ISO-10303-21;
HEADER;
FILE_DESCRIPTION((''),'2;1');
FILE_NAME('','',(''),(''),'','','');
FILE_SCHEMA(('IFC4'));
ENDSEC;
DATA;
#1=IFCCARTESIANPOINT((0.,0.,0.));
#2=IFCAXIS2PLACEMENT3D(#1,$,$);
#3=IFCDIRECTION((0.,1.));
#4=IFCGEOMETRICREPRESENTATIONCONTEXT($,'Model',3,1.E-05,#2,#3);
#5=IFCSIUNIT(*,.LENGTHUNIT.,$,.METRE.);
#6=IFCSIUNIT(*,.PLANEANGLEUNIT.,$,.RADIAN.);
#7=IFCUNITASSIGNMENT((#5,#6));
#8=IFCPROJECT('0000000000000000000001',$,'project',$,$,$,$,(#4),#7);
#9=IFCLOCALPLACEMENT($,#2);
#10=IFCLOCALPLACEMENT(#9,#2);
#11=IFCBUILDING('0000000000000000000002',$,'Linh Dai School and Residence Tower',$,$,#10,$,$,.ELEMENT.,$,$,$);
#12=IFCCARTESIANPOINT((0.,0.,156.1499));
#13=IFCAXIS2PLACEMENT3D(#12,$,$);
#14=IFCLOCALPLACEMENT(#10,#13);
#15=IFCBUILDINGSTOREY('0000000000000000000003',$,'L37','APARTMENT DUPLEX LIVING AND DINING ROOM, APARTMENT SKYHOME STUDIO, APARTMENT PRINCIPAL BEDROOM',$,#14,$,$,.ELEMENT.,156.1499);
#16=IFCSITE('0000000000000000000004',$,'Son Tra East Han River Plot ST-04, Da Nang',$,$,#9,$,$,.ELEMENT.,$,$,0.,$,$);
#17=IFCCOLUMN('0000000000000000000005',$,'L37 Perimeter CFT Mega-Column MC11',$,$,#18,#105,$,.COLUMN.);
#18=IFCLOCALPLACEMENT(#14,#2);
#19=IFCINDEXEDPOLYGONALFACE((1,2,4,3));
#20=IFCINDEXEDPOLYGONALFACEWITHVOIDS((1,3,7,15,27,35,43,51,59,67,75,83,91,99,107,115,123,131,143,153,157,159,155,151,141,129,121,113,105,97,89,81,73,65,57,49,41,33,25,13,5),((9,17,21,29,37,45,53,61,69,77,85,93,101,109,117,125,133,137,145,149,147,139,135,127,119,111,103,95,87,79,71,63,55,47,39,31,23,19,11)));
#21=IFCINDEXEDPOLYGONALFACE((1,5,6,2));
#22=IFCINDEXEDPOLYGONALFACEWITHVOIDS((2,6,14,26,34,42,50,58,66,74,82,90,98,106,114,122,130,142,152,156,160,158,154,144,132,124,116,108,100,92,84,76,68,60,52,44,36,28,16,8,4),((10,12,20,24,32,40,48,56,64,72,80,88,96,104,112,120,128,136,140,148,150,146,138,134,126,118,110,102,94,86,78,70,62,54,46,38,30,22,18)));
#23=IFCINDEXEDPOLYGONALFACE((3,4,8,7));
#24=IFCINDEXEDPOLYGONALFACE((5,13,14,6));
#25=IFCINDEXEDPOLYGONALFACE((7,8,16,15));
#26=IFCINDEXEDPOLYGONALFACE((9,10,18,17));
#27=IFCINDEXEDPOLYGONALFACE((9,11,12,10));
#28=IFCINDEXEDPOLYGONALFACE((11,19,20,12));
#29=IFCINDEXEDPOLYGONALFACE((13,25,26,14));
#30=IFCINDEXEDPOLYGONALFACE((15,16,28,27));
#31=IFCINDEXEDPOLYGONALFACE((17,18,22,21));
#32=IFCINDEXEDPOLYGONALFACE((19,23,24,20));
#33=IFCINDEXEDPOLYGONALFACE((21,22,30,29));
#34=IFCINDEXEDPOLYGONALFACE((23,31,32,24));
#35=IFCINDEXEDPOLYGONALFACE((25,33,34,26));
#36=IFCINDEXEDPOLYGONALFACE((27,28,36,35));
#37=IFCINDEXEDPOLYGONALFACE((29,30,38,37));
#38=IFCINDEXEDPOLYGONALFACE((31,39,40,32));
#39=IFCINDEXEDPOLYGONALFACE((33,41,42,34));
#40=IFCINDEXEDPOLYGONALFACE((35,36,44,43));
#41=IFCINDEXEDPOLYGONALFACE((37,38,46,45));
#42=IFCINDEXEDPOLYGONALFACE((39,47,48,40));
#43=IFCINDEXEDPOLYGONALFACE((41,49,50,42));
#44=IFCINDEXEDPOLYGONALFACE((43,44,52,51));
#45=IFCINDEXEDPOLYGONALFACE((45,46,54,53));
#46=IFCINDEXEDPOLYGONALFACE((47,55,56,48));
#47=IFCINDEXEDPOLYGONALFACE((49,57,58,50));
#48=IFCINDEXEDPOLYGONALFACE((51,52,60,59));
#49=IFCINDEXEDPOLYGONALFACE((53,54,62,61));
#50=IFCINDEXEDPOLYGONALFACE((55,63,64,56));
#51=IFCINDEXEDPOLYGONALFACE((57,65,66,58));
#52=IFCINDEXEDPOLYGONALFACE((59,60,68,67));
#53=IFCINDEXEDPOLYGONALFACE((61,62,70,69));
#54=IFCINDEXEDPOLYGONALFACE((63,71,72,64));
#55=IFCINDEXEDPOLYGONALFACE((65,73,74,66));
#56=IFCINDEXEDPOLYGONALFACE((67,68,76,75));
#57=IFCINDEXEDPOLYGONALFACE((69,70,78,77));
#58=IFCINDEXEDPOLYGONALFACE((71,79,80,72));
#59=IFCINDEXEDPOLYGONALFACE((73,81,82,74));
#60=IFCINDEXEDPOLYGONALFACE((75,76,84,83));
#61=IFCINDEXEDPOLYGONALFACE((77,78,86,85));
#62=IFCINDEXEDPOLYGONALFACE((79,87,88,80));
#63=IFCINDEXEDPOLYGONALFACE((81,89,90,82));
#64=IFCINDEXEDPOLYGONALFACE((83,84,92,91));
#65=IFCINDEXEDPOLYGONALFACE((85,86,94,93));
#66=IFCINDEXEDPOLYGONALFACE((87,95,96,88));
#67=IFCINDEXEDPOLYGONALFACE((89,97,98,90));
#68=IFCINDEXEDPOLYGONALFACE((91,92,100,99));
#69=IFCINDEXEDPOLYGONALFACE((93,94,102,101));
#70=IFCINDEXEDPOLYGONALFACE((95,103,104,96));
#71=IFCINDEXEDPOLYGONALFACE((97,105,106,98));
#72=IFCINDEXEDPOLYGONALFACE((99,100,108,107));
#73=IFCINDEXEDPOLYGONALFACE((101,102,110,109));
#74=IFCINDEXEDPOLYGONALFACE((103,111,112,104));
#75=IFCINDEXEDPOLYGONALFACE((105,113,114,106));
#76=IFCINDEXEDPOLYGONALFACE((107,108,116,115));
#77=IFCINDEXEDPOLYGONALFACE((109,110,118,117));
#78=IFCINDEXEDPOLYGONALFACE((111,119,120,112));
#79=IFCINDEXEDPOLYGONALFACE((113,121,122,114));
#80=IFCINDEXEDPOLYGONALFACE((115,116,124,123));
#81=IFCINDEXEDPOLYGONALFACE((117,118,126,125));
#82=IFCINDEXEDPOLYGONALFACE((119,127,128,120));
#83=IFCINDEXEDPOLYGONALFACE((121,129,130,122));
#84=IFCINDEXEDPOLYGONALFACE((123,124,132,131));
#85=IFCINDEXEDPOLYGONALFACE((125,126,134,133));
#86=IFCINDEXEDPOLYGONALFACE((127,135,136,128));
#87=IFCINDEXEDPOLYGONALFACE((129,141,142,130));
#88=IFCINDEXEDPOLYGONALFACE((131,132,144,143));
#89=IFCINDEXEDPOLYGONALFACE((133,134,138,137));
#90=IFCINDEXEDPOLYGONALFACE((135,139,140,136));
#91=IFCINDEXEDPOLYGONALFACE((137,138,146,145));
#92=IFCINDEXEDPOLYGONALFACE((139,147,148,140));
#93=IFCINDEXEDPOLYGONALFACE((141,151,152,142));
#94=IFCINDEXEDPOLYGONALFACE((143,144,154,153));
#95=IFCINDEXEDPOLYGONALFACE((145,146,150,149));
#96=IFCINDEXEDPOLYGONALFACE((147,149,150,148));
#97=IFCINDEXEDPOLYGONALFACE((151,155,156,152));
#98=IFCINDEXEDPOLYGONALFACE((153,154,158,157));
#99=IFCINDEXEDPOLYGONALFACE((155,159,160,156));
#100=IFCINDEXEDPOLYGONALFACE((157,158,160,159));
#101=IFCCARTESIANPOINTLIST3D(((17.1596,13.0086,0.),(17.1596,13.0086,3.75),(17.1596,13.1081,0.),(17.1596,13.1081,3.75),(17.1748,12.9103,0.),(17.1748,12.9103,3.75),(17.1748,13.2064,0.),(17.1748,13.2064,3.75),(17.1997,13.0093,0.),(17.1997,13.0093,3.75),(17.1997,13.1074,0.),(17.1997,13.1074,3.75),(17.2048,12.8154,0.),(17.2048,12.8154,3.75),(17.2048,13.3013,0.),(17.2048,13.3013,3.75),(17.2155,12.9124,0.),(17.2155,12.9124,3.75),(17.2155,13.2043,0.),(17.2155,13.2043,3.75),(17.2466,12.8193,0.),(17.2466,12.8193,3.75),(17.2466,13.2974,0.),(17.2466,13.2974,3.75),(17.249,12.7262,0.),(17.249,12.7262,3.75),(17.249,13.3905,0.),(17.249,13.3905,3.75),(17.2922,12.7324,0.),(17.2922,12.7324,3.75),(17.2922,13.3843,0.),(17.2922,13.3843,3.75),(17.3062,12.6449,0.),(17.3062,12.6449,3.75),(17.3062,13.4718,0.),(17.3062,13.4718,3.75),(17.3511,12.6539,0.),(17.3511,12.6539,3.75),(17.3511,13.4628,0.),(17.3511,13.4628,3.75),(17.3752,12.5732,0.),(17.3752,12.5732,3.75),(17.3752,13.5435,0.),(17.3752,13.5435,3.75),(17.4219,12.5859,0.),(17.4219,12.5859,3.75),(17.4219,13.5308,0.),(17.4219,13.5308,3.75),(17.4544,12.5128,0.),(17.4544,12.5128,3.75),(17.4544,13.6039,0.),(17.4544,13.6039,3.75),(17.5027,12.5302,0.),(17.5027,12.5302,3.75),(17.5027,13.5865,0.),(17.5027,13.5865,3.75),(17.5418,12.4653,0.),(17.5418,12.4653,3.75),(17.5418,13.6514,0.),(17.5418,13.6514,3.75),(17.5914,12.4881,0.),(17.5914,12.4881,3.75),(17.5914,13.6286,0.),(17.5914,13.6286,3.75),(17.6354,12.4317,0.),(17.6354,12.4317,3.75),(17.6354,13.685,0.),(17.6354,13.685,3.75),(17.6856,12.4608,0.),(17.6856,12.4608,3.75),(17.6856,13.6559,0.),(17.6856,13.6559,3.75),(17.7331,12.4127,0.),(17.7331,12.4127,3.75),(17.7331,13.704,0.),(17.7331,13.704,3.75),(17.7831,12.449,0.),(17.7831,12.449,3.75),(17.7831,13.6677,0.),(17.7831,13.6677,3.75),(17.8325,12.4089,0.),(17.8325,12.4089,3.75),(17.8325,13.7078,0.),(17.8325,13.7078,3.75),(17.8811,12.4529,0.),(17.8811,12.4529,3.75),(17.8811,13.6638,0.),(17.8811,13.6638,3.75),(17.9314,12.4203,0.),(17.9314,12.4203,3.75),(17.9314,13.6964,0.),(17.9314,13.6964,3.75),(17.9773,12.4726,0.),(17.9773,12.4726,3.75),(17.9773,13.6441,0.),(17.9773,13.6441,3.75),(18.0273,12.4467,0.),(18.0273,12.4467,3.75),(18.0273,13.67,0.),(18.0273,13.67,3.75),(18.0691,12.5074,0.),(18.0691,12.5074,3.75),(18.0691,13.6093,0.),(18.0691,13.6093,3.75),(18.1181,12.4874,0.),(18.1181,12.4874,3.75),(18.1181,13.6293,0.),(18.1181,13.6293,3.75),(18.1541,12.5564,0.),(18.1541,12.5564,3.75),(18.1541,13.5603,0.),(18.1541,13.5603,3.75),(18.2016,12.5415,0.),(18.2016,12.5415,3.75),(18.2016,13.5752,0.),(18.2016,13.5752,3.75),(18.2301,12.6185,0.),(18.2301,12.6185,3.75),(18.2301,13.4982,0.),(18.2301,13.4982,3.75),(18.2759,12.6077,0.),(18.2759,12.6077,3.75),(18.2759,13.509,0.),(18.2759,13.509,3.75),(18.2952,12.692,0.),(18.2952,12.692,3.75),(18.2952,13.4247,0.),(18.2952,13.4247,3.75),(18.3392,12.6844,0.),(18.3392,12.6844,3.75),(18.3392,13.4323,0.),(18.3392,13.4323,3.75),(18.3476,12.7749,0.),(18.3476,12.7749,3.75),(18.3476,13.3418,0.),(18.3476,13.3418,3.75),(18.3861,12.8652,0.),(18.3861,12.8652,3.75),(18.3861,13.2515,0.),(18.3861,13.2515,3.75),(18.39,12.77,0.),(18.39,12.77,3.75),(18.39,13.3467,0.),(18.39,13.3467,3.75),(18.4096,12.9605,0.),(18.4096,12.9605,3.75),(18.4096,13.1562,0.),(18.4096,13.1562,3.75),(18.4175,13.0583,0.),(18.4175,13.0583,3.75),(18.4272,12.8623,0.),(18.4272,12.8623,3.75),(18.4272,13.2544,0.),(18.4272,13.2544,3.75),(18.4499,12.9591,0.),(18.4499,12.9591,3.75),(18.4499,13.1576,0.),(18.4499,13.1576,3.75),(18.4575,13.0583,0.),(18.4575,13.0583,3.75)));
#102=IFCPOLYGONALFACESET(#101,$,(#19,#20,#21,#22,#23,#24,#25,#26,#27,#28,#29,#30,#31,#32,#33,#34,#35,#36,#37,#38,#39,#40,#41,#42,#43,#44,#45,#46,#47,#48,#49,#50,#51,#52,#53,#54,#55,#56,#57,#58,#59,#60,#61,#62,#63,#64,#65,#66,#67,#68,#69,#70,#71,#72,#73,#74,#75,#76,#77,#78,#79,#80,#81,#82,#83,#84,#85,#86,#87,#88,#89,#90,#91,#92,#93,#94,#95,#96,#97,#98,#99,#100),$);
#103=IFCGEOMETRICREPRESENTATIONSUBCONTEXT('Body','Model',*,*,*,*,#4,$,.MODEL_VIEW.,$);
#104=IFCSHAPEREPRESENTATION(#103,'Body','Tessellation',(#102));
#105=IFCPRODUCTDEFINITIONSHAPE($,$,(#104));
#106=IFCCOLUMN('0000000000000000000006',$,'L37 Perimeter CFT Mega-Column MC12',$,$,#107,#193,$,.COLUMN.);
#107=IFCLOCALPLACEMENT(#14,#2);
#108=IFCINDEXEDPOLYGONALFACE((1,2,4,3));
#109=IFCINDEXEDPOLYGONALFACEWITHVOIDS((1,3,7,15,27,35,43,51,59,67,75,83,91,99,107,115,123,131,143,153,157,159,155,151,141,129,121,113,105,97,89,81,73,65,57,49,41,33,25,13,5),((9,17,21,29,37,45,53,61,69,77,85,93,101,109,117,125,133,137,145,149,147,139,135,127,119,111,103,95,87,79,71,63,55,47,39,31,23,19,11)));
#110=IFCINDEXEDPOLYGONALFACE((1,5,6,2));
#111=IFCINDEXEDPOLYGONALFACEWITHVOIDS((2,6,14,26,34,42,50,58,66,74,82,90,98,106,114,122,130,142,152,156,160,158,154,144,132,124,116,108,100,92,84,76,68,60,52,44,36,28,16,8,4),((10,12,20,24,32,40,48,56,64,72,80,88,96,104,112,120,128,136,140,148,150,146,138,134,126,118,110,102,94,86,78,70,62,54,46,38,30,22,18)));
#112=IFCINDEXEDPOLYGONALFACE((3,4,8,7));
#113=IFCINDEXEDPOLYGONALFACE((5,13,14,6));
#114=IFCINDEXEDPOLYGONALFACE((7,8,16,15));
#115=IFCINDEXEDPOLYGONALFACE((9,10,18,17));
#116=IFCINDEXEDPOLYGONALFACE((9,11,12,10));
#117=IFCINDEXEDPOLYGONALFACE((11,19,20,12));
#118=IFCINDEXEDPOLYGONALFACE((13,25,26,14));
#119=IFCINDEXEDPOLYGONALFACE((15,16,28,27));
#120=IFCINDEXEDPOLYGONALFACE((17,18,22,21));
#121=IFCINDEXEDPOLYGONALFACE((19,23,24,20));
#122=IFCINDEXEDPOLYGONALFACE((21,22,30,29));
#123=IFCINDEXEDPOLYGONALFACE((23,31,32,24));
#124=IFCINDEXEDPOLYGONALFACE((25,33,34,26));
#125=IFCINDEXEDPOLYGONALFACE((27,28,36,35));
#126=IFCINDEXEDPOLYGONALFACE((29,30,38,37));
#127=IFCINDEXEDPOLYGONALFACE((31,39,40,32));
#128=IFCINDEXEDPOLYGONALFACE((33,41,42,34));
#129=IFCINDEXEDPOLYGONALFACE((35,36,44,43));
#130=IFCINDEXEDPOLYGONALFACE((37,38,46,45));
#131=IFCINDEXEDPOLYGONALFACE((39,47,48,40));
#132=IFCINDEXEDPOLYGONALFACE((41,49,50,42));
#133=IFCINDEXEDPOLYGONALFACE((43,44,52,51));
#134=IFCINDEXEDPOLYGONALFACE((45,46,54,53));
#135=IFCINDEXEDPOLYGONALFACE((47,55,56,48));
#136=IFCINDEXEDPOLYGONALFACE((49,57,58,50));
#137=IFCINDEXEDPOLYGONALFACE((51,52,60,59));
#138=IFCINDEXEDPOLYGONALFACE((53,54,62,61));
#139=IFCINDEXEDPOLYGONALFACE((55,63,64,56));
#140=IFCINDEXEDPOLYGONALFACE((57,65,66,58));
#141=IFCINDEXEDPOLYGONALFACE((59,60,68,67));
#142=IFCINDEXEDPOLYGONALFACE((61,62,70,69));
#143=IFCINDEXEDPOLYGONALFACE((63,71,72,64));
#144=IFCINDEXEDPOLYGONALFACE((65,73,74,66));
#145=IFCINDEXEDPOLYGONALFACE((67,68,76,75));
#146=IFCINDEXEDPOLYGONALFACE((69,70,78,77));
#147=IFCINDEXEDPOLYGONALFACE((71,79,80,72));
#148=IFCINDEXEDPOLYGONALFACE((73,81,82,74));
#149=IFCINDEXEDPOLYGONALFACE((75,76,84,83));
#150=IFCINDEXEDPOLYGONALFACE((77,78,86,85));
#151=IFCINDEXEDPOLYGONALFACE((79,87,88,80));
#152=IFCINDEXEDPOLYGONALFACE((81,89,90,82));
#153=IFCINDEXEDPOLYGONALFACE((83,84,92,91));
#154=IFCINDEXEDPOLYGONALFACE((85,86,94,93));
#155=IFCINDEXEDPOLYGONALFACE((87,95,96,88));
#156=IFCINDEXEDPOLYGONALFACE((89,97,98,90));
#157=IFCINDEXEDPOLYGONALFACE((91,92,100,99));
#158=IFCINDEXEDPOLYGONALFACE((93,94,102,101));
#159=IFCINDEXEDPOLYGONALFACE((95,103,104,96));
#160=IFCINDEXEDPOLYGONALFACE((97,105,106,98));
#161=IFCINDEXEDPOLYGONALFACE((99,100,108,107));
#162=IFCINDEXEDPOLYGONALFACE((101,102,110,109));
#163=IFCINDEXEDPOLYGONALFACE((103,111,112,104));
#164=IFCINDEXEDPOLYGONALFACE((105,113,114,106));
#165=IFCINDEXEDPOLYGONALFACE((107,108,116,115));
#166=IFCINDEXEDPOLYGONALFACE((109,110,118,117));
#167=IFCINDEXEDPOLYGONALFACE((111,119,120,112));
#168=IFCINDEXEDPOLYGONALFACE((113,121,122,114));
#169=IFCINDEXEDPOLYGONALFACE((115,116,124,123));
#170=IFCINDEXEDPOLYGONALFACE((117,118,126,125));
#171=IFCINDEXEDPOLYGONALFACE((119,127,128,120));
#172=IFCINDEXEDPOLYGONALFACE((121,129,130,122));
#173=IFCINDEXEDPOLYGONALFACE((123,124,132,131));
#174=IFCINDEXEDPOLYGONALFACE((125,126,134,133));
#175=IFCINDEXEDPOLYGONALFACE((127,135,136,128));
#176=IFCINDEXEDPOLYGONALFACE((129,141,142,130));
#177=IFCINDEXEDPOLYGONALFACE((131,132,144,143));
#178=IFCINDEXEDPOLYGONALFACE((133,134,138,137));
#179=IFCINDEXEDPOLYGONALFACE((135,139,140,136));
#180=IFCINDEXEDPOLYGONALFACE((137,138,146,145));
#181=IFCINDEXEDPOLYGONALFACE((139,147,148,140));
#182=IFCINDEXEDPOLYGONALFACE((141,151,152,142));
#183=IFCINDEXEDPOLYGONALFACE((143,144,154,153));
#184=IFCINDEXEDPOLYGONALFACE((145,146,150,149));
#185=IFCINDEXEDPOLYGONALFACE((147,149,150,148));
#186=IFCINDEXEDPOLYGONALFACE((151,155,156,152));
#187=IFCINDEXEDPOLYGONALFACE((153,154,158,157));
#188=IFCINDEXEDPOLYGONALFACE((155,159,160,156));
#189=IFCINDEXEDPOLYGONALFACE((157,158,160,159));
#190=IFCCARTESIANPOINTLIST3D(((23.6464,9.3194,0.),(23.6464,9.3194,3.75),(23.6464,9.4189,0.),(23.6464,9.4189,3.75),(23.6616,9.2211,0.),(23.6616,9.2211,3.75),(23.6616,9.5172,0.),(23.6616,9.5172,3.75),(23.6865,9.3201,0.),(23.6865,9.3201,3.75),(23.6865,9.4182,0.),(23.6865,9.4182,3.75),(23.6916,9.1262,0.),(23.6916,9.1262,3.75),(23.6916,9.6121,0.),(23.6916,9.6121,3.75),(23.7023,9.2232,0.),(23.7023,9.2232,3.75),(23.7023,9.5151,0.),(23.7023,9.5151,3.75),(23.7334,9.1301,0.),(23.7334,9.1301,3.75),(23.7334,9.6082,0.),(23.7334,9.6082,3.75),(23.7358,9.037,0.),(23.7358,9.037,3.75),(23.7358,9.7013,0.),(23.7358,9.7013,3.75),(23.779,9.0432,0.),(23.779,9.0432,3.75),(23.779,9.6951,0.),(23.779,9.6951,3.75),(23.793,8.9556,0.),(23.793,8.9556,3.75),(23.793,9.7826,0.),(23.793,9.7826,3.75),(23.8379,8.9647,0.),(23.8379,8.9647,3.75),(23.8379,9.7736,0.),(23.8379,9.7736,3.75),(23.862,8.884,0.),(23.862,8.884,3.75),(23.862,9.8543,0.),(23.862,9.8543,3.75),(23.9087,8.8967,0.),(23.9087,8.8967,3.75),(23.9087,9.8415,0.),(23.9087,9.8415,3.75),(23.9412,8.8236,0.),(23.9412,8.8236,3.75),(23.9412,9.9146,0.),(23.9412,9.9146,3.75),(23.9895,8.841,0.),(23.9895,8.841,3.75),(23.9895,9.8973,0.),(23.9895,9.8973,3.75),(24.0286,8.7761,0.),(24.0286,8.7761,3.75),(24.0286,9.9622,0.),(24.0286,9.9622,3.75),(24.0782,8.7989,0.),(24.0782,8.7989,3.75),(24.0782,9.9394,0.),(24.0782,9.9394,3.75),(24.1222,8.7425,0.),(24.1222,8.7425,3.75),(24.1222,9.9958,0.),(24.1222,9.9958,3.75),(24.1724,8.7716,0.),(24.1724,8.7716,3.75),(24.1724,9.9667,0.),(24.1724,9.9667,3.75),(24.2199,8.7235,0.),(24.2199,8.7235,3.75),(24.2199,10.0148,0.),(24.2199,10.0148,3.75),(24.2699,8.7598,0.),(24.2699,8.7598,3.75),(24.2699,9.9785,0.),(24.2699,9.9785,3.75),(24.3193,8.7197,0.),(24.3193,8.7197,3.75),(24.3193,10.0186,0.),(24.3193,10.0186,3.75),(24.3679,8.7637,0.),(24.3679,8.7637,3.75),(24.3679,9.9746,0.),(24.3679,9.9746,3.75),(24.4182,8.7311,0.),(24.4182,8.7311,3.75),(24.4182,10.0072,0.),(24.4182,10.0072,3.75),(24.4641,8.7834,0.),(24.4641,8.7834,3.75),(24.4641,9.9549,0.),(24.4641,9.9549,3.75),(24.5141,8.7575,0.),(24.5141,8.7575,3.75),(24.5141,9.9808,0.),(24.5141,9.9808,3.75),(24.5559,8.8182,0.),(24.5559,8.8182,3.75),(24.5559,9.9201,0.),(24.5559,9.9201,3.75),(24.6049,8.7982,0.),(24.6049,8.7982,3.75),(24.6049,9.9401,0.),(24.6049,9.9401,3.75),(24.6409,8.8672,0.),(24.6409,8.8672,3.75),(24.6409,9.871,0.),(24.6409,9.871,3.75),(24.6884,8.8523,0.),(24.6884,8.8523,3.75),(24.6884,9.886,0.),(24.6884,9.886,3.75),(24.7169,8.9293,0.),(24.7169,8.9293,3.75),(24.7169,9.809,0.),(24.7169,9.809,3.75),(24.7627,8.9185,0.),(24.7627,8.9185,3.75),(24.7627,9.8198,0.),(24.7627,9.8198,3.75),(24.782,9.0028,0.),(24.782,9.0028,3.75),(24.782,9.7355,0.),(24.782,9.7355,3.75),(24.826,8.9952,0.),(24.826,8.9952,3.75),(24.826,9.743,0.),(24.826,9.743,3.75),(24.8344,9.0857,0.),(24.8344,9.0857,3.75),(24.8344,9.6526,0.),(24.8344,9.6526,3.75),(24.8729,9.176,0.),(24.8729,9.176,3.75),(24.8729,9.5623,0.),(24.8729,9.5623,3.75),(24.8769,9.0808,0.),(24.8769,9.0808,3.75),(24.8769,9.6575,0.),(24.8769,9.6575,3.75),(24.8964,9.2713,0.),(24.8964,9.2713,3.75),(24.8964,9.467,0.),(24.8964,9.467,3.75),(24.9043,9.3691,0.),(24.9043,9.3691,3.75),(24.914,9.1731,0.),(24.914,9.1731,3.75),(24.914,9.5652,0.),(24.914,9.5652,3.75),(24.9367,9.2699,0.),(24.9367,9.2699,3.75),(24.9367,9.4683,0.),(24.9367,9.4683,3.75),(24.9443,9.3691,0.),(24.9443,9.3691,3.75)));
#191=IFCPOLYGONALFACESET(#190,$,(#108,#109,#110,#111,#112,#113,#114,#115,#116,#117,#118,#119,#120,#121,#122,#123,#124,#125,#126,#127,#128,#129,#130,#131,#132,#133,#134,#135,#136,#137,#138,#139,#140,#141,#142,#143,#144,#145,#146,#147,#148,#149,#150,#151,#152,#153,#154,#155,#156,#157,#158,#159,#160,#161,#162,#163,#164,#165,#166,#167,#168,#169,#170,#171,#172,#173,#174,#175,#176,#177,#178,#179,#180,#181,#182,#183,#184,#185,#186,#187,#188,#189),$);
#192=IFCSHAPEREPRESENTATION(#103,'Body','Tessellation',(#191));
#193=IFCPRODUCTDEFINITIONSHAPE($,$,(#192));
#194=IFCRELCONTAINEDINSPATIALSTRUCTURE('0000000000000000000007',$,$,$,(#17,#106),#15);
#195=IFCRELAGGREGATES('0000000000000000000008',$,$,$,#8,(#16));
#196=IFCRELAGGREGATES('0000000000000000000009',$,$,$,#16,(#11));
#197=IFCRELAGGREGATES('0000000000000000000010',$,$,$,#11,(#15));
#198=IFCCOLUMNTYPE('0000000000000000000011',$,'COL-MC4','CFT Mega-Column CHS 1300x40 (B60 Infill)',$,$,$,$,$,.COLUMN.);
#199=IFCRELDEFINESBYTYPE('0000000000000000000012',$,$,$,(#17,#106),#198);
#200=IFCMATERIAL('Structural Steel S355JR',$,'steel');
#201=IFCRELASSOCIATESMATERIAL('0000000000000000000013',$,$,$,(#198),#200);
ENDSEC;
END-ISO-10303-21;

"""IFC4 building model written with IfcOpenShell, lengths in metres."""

from ifc_helpers import new_model, si_unit, direction, frame, origin, origin_2d, place, context, subcontext, project, spatial, hollow_circle, extrude, material, material_profile, profile_set, type_object, element, save


model = new_model("IFC4")

# Units and contexts
model_context = context("Model", 3, precision=1e-05, world=origin(), true_north=direction((0.0, 1.0)))
body_context = subcontext(model_context, "Body", "Model", "MODEL_VIEW")
ifc_project = project(units=[si_unit("LENGTHUNIT", "METRE"), si_unit("PLANEANGLEUNIT", "RADIAN")], contexts=[model_context])

# Site, building, storey
site_placement = place(None, origin())
site = spatial("IfcSite", under=ifc_project, at=site_placement, Name="Son Tra East Han River Plot ST-04, Da Nang", CompositionType="ELEMENT", RefElevation=0.0)
building_placement = place(site_placement, origin())
building = spatial("IfcBuilding", under=site, at=building_placement, Name="Linh Dai School and Residence Tower", CompositionType="ELEMENT")
storey_placement = place(building_placement, frame((0.0, 0.0, 156.1499)))
storey = spatial("IfcBuildingStorey", under=building, at=storey_placement, Name="L37", Description="APARTMENT DUPLEX LIVING AND DINING ROOM, APARTMENT SKYHOME STUDIO, APARTMENT PRINCIPAL BEDROOM", CompositionType="ELEMENT", Elevation=156.1499)

# Columns
ifc_material_1 = material(Name="Structural Steel S355JR", Category="steel")
ifc_material_profile_1 = material_profile(ifc_material_1, hollow_circle(Radius=0.6499, WallThickness=0.04, at=origin_2d()), Name="CHS 1300x40")
ifc_profile_set_1 = profile_set([ifc_material_profile_1], Name="Structural Steel S355JR")
column_type = type_object("IfcColumnType", Name="COL-MC4", Description="CFT Mega-Column CHS 1300x40 (B60 Infill)", PredefinedType="COLUMN", material=ifc_profile_set_1)
for number, where, z_axis, x_axis, name in (
    (1, (17.8076, 13.0583, 0.0), (0.0, 0.0, 1.0), (1.0, 0.0, 0.0), "L37 Perimeter CFT Mega-Column MC11"),
    (2, (24.2944, 9.3691, 0.0), (0.0, 0.0, 1.0), (1.0, 0.0, 0.0), "L37 Perimeter CFT Mega-Column MC12"),
):
    element("IfcColumn", number, at=place(storey_placement, frame(where, z_axis=z_axis, x_axis=x_axis)), inside=storey, type_object=column_type, Name=name, PredefinedType="COLUMN", context=body_context, shape_type="SweptSolid", body=[
        extrude(hollow_circle(Radius=0.6499, WallThickness=0.04, at=origin_2d()), origin(), (0.0, 0.0, 1.0), 3.75),
    ])

save(model, "model.ifc")
